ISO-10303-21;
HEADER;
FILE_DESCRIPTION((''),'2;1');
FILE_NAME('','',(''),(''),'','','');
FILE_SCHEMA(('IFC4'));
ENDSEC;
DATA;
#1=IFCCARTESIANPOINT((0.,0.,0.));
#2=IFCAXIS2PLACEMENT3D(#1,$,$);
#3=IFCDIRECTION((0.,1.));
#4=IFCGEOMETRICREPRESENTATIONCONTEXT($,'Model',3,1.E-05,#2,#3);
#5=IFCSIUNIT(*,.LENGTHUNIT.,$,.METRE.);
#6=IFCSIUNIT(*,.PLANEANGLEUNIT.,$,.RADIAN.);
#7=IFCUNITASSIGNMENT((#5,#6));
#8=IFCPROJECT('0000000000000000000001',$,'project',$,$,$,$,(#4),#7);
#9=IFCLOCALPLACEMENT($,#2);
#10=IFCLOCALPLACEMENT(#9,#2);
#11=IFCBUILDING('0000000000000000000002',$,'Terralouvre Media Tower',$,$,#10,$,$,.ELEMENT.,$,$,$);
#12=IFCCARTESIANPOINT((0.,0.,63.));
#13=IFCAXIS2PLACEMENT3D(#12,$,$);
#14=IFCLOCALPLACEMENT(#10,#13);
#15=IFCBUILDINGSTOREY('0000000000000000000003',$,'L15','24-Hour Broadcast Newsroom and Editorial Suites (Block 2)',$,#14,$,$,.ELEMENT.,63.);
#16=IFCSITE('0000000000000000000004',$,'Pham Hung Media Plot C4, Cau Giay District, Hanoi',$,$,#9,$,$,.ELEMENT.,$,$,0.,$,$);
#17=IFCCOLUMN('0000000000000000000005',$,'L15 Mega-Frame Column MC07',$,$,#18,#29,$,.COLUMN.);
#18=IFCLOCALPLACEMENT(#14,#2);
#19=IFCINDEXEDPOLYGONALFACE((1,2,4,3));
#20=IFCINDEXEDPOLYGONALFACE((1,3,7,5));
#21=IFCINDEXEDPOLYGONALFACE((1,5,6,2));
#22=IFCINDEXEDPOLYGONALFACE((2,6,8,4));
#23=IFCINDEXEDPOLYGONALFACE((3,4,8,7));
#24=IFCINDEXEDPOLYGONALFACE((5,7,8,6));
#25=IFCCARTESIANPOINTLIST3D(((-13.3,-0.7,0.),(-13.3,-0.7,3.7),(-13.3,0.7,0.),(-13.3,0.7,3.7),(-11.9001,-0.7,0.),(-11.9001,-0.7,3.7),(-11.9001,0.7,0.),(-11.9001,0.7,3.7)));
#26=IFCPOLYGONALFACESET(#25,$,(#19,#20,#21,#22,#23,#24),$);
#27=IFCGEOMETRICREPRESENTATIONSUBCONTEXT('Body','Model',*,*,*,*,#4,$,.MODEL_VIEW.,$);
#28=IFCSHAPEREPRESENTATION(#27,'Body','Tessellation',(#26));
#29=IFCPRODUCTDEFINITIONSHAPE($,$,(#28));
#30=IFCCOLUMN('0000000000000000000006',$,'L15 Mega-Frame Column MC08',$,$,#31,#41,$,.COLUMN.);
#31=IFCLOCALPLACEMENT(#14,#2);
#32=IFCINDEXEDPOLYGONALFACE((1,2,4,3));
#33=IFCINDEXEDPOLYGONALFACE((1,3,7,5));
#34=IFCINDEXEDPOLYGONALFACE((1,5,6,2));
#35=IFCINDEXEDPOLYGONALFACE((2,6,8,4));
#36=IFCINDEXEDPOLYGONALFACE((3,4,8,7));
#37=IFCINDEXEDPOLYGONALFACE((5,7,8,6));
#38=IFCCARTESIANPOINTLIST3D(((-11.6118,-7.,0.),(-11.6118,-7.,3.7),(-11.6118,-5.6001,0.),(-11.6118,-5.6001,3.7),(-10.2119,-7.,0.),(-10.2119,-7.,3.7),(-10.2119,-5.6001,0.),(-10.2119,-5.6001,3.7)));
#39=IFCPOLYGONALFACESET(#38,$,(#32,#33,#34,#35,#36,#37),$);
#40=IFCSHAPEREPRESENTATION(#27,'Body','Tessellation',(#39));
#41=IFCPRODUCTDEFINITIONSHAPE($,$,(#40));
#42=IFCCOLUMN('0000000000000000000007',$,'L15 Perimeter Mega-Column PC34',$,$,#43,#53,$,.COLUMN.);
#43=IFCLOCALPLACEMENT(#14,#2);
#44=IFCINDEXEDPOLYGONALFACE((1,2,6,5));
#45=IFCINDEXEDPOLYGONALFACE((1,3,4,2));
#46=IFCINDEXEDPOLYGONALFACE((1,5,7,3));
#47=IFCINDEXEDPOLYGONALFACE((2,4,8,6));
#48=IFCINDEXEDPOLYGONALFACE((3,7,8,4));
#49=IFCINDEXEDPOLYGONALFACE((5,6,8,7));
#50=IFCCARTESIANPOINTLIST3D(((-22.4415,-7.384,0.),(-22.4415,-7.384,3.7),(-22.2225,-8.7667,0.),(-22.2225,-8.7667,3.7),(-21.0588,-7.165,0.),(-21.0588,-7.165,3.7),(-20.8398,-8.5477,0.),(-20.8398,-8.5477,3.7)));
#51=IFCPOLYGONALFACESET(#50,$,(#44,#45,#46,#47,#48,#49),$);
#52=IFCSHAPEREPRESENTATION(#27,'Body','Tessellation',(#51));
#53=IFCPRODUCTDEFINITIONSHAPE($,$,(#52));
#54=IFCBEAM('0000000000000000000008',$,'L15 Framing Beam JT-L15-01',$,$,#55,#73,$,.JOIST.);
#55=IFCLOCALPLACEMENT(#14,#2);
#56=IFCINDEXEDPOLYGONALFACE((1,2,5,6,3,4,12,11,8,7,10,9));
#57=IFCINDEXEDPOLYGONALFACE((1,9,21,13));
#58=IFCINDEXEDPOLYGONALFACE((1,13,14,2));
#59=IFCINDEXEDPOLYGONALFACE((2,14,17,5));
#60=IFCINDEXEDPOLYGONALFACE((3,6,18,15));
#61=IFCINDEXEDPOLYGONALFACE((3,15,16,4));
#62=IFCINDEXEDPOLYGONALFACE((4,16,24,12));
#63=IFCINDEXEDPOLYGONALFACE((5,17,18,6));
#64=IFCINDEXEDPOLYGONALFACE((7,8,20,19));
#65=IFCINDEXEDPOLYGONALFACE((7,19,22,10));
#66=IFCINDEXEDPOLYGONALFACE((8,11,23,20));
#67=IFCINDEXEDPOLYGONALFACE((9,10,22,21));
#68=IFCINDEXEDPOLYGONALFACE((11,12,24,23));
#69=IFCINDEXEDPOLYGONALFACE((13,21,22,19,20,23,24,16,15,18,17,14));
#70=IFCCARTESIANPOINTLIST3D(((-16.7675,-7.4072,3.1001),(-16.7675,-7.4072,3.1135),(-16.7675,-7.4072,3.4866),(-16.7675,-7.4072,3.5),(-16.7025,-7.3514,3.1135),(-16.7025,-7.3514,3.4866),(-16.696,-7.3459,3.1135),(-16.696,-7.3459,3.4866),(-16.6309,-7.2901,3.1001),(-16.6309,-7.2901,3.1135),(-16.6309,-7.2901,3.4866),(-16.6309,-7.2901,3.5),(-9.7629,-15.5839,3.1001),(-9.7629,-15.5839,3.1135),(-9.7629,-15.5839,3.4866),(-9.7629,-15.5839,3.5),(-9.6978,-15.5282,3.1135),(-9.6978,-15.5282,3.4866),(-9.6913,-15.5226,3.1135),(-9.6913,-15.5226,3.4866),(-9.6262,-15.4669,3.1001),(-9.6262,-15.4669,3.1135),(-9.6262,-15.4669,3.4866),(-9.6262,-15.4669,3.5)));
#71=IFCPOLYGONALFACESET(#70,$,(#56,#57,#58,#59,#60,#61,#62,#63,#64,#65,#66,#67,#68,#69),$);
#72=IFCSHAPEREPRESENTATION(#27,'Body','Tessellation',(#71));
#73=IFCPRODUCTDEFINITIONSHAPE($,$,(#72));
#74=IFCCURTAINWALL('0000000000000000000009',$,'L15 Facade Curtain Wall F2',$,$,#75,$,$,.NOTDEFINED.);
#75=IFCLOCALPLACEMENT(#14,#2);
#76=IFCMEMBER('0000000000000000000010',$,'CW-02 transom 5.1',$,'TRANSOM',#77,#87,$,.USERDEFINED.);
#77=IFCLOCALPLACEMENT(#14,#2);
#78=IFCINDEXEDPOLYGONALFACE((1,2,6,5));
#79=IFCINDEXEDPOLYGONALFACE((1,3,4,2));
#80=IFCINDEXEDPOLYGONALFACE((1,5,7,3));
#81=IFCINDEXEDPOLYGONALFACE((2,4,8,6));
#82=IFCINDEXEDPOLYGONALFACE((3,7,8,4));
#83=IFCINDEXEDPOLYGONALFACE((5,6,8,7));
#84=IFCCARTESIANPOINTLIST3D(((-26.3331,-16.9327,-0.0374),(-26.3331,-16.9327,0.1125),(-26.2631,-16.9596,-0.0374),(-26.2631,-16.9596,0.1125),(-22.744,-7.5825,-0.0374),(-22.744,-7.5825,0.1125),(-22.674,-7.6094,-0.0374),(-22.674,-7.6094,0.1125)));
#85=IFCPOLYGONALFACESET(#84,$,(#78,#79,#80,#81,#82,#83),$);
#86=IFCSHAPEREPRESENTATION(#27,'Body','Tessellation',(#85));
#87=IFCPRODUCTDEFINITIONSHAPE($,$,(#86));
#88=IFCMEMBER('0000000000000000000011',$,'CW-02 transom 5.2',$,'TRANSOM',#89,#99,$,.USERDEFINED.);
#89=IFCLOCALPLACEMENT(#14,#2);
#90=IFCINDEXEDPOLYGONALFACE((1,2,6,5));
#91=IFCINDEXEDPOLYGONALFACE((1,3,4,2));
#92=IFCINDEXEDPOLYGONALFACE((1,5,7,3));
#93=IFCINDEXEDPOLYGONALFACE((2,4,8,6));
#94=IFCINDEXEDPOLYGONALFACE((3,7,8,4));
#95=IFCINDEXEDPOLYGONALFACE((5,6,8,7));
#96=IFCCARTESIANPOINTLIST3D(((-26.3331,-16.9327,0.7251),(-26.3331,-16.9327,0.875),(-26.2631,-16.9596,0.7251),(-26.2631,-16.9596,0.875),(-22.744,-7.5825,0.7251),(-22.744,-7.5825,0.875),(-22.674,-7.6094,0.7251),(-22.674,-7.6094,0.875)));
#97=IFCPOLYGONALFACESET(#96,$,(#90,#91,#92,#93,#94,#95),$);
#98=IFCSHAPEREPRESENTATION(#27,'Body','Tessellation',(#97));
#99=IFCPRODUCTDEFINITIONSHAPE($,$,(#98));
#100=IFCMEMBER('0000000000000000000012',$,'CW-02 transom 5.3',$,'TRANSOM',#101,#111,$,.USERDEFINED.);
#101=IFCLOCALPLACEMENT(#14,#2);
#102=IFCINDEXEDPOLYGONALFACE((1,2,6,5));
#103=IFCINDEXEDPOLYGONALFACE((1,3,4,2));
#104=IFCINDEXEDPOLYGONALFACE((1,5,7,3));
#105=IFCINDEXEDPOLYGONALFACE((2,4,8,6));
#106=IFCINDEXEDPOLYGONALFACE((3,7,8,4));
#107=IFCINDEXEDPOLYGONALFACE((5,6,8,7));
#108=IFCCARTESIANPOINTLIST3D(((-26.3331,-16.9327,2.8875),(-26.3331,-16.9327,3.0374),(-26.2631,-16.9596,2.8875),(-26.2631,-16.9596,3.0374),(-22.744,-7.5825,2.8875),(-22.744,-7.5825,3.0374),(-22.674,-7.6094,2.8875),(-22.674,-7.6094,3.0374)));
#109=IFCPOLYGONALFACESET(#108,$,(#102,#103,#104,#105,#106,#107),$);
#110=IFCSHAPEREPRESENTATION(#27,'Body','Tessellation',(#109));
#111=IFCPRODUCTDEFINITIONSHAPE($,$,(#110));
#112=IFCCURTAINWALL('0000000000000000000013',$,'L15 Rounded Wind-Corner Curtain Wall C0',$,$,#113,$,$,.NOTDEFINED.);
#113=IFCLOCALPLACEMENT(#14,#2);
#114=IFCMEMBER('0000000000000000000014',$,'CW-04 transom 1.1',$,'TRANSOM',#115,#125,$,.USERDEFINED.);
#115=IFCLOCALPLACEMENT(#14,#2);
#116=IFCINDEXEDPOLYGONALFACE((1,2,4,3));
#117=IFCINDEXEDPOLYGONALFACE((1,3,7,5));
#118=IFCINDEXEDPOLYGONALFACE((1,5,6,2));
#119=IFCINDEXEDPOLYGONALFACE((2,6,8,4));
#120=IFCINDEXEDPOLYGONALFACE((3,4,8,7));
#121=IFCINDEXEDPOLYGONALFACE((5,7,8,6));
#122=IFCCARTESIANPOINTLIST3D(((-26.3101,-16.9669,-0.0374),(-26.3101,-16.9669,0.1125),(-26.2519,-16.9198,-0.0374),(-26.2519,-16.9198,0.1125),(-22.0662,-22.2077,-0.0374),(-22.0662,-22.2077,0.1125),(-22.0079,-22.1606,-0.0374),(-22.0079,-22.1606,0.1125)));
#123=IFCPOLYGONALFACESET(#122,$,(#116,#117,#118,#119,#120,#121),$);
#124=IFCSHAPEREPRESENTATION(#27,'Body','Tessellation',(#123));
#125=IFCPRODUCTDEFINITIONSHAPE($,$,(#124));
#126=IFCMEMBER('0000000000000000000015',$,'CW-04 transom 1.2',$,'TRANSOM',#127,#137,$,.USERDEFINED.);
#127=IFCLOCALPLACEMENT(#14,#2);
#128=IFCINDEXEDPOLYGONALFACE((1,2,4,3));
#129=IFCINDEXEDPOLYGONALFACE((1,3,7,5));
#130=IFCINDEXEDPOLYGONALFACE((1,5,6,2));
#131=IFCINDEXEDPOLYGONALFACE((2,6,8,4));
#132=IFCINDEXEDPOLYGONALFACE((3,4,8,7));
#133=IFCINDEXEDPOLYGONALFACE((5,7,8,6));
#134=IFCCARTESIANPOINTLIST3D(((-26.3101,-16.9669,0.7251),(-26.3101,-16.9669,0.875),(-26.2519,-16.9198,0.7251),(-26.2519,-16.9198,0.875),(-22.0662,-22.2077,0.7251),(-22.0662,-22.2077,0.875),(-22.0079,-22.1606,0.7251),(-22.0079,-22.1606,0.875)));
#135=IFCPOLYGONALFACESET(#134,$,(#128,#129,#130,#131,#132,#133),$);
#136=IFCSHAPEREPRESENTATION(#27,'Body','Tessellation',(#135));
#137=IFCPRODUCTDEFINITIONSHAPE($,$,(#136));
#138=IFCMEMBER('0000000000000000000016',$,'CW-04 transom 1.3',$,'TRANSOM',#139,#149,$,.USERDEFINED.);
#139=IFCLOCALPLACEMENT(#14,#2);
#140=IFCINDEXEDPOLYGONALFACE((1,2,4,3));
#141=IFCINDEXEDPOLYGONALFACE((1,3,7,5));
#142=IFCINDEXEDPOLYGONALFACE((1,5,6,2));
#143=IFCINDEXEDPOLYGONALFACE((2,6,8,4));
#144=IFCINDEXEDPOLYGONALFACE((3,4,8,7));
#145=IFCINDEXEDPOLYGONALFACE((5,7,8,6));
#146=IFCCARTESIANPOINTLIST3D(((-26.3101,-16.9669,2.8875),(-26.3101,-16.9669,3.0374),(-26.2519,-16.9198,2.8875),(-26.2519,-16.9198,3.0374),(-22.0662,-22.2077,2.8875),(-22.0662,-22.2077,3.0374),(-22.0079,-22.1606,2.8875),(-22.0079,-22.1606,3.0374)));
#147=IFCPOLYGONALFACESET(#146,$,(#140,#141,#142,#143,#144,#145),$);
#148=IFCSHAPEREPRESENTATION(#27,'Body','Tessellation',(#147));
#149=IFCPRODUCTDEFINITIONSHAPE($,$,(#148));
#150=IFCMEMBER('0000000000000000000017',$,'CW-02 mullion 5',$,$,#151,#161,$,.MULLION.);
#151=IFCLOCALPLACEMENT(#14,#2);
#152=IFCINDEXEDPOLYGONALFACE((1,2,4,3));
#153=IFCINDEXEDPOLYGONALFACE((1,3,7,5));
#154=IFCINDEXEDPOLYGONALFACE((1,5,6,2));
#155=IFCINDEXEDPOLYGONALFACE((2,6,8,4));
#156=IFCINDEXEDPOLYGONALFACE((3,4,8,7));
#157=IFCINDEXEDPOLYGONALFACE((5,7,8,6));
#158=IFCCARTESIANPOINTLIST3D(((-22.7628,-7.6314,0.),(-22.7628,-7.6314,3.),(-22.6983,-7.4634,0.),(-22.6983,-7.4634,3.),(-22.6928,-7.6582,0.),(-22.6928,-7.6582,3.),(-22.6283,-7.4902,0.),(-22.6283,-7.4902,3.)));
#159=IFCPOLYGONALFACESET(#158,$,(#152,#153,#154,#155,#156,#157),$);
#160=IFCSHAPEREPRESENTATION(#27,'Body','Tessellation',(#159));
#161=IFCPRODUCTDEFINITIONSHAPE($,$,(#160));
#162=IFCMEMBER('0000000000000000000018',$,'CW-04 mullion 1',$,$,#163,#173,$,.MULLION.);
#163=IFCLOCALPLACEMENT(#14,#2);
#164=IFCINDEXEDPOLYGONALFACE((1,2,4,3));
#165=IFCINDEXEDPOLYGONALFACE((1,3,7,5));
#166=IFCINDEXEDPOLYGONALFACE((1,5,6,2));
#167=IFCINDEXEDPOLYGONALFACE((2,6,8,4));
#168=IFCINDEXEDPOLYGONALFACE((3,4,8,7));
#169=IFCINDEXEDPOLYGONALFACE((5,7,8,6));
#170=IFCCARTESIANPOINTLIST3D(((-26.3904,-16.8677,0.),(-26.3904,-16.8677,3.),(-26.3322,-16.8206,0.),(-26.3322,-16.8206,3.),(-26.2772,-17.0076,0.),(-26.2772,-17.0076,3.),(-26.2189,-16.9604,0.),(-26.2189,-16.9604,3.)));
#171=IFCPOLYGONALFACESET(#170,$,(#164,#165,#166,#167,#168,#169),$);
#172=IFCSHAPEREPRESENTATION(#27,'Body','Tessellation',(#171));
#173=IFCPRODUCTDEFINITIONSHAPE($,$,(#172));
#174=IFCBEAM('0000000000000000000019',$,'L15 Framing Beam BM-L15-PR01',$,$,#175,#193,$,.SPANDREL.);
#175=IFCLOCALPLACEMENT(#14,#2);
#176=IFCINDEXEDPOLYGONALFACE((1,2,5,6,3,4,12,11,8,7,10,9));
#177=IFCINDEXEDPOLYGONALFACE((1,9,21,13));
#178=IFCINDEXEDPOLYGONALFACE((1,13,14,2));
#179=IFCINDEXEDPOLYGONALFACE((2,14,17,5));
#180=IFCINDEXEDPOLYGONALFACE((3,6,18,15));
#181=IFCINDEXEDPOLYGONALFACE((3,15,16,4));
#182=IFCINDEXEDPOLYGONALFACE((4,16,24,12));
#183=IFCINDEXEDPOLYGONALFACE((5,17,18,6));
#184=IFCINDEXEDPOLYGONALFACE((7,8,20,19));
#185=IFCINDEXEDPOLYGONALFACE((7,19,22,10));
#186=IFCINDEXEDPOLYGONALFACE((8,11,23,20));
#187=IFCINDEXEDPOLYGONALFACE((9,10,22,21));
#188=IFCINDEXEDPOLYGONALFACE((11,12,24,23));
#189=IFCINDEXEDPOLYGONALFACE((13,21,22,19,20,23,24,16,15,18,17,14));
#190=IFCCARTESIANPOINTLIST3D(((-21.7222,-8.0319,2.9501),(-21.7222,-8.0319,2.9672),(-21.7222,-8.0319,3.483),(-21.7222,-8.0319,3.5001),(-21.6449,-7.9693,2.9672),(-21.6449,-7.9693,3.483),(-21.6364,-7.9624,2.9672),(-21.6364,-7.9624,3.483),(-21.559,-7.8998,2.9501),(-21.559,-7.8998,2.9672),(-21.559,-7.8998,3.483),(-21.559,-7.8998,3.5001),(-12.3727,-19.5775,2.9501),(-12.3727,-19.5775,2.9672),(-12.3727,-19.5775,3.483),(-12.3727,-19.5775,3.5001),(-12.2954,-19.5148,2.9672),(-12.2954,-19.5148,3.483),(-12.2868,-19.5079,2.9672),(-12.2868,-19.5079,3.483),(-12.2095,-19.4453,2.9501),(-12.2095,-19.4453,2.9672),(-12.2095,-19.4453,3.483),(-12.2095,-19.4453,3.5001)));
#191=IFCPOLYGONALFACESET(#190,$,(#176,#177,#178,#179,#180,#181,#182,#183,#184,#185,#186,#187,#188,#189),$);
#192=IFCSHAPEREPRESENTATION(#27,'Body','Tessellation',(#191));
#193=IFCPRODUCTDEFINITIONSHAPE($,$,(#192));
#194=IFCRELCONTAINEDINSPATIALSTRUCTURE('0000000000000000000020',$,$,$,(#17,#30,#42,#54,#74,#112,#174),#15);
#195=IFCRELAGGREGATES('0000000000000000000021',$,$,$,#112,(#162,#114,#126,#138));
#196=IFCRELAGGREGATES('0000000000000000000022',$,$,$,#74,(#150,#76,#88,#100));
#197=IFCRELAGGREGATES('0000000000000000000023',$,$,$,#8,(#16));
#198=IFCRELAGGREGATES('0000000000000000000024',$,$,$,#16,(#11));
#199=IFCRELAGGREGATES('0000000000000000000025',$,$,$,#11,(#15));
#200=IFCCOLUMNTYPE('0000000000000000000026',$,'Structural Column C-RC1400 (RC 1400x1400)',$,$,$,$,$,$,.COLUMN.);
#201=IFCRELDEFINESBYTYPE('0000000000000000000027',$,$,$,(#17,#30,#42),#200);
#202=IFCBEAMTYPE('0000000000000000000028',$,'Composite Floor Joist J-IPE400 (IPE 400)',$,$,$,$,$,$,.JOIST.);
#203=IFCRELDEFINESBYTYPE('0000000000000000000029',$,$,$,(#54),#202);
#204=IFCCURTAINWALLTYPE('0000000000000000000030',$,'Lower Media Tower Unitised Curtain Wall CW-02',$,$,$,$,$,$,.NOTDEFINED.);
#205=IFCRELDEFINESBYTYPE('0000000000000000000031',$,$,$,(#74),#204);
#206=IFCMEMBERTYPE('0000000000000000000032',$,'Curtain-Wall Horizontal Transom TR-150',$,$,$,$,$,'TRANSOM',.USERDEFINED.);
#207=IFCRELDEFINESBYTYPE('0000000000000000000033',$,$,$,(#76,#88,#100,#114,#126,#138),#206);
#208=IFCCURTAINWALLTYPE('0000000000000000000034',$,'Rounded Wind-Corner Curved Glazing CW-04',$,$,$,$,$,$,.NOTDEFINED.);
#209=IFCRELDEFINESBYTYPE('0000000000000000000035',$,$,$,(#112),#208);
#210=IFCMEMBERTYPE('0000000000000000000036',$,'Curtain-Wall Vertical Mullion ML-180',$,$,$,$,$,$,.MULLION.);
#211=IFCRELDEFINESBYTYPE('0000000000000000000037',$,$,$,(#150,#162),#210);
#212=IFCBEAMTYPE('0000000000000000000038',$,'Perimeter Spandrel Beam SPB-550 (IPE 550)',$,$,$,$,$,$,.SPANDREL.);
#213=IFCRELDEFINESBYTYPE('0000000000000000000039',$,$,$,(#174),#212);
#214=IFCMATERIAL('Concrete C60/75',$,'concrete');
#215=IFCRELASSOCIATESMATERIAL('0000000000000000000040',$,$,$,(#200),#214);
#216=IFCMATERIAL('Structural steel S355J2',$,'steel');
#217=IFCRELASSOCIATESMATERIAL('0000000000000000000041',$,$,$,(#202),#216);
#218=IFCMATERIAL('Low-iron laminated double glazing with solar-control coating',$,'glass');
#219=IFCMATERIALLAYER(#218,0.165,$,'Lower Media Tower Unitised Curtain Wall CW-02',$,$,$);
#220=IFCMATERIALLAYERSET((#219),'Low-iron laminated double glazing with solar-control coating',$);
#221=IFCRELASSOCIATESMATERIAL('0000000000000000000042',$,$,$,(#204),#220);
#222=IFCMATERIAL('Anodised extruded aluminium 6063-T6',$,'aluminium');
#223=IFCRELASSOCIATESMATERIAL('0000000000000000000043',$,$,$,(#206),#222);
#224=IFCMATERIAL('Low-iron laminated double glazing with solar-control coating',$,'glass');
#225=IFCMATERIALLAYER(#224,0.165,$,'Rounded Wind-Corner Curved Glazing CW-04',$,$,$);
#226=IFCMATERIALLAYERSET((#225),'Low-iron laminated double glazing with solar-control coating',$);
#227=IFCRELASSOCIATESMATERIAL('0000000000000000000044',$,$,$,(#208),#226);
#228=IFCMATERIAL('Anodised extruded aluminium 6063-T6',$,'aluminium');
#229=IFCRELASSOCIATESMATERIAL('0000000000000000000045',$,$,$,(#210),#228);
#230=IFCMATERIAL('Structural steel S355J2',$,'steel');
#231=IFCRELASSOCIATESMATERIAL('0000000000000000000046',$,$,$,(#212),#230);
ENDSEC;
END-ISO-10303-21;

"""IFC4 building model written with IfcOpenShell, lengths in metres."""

from ifc_helpers import new_model, si_unit, direction, frame, origin, origin_2d, place, context, subcontext, project, spatial, rectangle, i_section, extrude, material, layer, layer_set, material_profile, profile_set, type_object, element, aggregate, save


model = new_model("IFC4")

# Units and contexts
model_context = context("Model", 3, precision=1e-05, world=origin(), true_north=direction((0.0, 1.0)))
body_context = subcontext(model_context, "Body", "Model", "MODEL_VIEW")
ifc_project = project(units=[si_unit("LENGTHUNIT", "METRE"), si_unit("PLANEANGLEUNIT", "RADIAN")], contexts=[model_context])

# Site, building, storey
site_placement = place(None, origin())
site = spatial("IfcSite", under=ifc_project, at=site_placement, Name="Pham Hung Media Plot C4, Cau Giay District, Hanoi", CompositionType="ELEMENT", RefElevation=0.0)
building_placement = place(site_placement, origin())
building = spatial("IfcBuilding", under=site, at=building_placement, Name="Terralouvre Media Tower", CompositionType="ELEMENT")
storey_placement = place(building_placement, frame((0.0, 0.0, 63.0)))
storey = spatial("IfcBuildingStorey", under=building, at=storey_placement, Name="L15", Description="24-Hour Broadcast Newsroom and Editorial Suites (Block 2)", CompositionType="ELEMENT", Elevation=63.0)

# Columns
ifc_material_1 = material(Name="Concrete C60/75", Category="concrete")
ifc_material_profile_1 = material_profile(ifc_material_1, rectangle(XDim=1.3999, YDim=1.3999, at=origin_2d()), Name="RC 1400x1400")
ifc_profile_set_1 = profile_set([ifc_material_profile_1], Name="Concrete C60/75")
column_type = type_object("IfcColumnType", Name="Structural Column C-RC1400 (RC 1400x1400)", PredefinedType="COLUMN", material=ifc_profile_set_1)
for number, where, z_axis, x_axis, name in (
    (1, (-12.6001, 0.0, 0.0), (0.0, 0.0, 1.0), (1.0, 0.0, 0.0), "L15 Mega-Frame Column MC07"),
    (2, (-10.9119, -6.3, 0.0), (0.0, 0.0, 1.0), (1.0, 0.0, 0.0), "L15 Mega-Frame Column MC08"),
    (3, (-21.6406, -7.9658, 0.0), (0.0, 0.0, 1.0), (0.987688, 0.156434, 0.0), "L15 Perimeter Mega-Column PC34"),
):
    element("IfcColumn", number, at=place(storey_placement, frame(where, z_axis=z_axis, x_axis=x_axis)), inside=storey, type_object=column_type, Name=name, PredefinedType="COLUMN", context=body_context, shape_type="SweptSolid", body=[
        extrude(rectangle(XDim=1.3999, YDim=1.3999, at=origin_2d()), origin(), (0.0, 0.0, 1.0), 3.7),
    ])

# Beam
ifc_material_2 = material(Name="Structural steel S355J2", Category="steel")
ifc_material_profile_2 = material_profile(ifc_material_2, i_section(OverallWidth=0.1799, OverallDepth=0.3999, WebThickness=0.0085, FlangeThickness=0.0134, at=origin_2d()), Name="IPE 400")
ifc_profile_set_2 = profile_set([ifc_material_profile_2], Name="Structural steel S355J2")
beam_type_1 = type_object("IfcBeamType", Name="Composite Floor Joist J-IPE400 (IPE 400)", PredefinedType="JOIST", material=ifc_profile_set_2)
beam_1_placement = place(storey_placement, frame((-16.6992, -7.3486, 3.3), z_axis=(0.650577, -0.759441, 0.0), x_axis=(0.759441, 0.650577, 0.0)))
element("IfcBeam", 4, at=beam_1_placement, inside=storey, type_object=beam_type_1, Name="L15 Framing Beam JT-L15-01", PredefinedType="JOIST", context=body_context, shape_type="SweptSolid", body=[
    extrude(i_section(OverallWidth=0.1799, OverallDepth=0.3999, WebThickness=0.0085, FlangeThickness=0.0134, at=origin_2d()), origin(), (0.0, 0.0, 1.0), 10.7668),
])

# Curtain walls, members
ifc_material_3 = material(Name="Low-iron laminated double glazing with solar-control coating", Category="glass")
ifc_layer_1 = layer(ifc_material_3, 0.165, Name="Lower Media Tower Unitised Curtain Wall CW-02")
ifc_layer_set_1 = layer_set([ifc_layer_1], Name="Low-iron laminated double glazing with solar-control coating")
curtain_wall_type_1 = type_object("IfcCurtainWallType", Name="Lower Media Tower Unitised Curtain Wall CW-02", PredefinedType="NOTDEFINED", material=ifc_layer_set_1)
curtain_wall_1_placement = place(storey_placement, origin())
curtain_wall_1 = element("IfcCurtainWall", 5, at=curtain_wall_1_placement, inside=storey, type_object=curtain_wall_type_1, Name="L15 Facade Curtain Wall F2", PredefinedType="NOTDEFINED")
ifc_material_4 = material(Name="Anodised extruded aluminium 6063-T6", Category="aluminium")
ifc_material_profile_3 = material_profile(ifc_material_4, rectangle(XDim=0.075, YDim=0.1499, at=origin_2d()), Name="ALU 75x150")
ifc_profile_set_3 = profile_set([ifc_material_profile_3], Name="Anodised extruded aluminium 6063-T6")
member_type_1 = type_object("IfcMemberType", Name="Curtain-Wall Horizontal Transom TR-150", ElementType="TRANSOM", PredefinedType="USERDEFINED", material=ifc_profile_set_3)
member_1_placement = place(storey_placement, frame((-22.709, -7.5959, 0.0376), z_axis=(-0.358363, -0.933582, 0.0), x_axis=(0.933582, -0.358363, 0.0)))
member_1 = element("IfcMember", 6, at=member_1_placement, type_object=member_type_1, Name="CW-02 transom 5.1", ObjectType="TRANSOM", PredefinedType="USERDEFINED", context=body_context, shape_type="SweptSolid", body=[
    extrude(rectangle(XDim=0.075, YDim=0.1499, at=origin_2d()), origin(), (0.0, 0.0, 1.0), 10.0154),
])
member_2_placement = place(storey_placement, frame((-22.709, -7.5959, 0.8), z_axis=(-0.358363, -0.933582, 0.0), x_axis=(0.933582, -0.358363, 0.0)))
member_2 = element("IfcMember", 7, at=member_2_placement, type_object=member_type_1, Name="CW-02 transom 5.2", ObjectType="TRANSOM", PredefinedType="USERDEFINED", context=body_context, shape_type="SweptSolid", body=[
    extrude(rectangle(XDim=0.075, YDim=0.1499, at=origin_2d()), origin(), (0.0, 0.0, 1.0), 10.0154),
])
member_3_placement = place(storey_placement, frame((-22.709, -7.5959, 2.9624), z_axis=(-0.358363, -0.933582, 0.0), x_axis=(0.933582, -0.358363, 0.0)))
member_3 = element("IfcMember", 8, at=member_3_placement, type_object=member_type_1, Name="CW-02 transom 5.3", ObjectType="TRANSOM", PredefinedType="USERDEFINED", context=body_context, shape_type="SweptSolid", body=[
    extrude(rectangle(XDim=0.075, YDim=0.1499, at=origin_2d()), origin(), (0.0, 0.0, 1.0), 10.0154),
])
ifc_material_5 = material(Name="Low-iron laminated double glazing with solar-control coating", Category="glass")
ifc_layer_2 = layer(ifc_material_5, 0.165, Name="Rounded Wind-Corner Curved Glazing CW-04")
ifc_layer_set_2 = layer_set([ifc_layer_2], Name="Low-iron laminated double glazing with solar-control coating")
curtain_wall_type_2 = type_object("IfcCurtainWallType", Name="Rounded Wind-Corner Curved Glazing CW-04", PredefinedType="NOTDEFINED", material=ifc_layer_set_2)
curtain_wall_2_placement = place(storey_placement, origin())
curtain_wall_2 = element("IfcCurtainWall", 9, at=curtain_wall_2_placement, inside=storey, type_object=curtain_wall_type_2, Name="L15 Rounded Wind-Corner Curtain Wall C0", PredefinedType="NOTDEFINED")
member_4_placement = place(storey_placement, frame((-26.281, -16.9434, 0.0376), z_axis=(0.629324, -0.777143, 0.0), x_axis=(0.777143, 0.629324, 0.0)))
member_4 = element("IfcMember", 10, at=member_4_placement, type_object=member_type_1, Name="CW-04 transom 1.1", ObjectType="TRANSOM", PredefinedType="USERDEFINED", context=body_context, shape_type="SweptSolid", body=[
    extrude(rectangle(XDim=0.075, YDim=0.1499, at=origin_2d()), origin(), (0.0, 0.0, 1.0), 6.7437),
])
member_5_placement = place(storey_placement, frame((-26.281, -16.9434, 0.8), z_axis=(0.629324, -0.777143, 0.0), x_axis=(0.777143, 0.629324, 0.0)))
member_5 = element("IfcMember", 11, at=member_5_placement, type_object=member_type_1, Name="CW-04 transom 1.2", ObjectType="TRANSOM", PredefinedType="USERDEFINED", context=body_context, shape_type="SweptSolid", body=[
    extrude(rectangle(XDim=0.075, YDim=0.1499, at=origin_2d()), origin(), (0.0, 0.0, 1.0), 6.7437),
])
member_6_placement = place(storey_placement, frame((-26.281, -16.9434, 2.9624), z_axis=(0.629324, -0.777143, 0.0), x_axis=(0.777143, 0.629324, 0.0)))
member_6 = element("IfcMember", 12, at=member_6_placement, type_object=member_type_1, Name="CW-04 transom 1.3", ObjectType="TRANSOM", PredefinedType="USERDEFINED", context=body_context, shape_type="SweptSolid", body=[
    extrude(rectangle(XDim=0.075, YDim=0.1499, at=origin_2d()), origin(), (0.0, 0.0, 1.0), 6.7437),
])

# Members
ifc_material_6 = material(Name="Anodised extruded aluminium 6063-T6", Category="aluminium")
ifc_material_profile_4 = material_profile(ifc_material_6, rectangle(XDim=0.075, YDim=0.1799, at=origin_2d()), Name="ALU 75x180")
ifc_profile_set_4 = profile_set([ifc_material_profile_4], Name="Anodised extruded aluminium 6063-T6")
member_type_2 = type_object("IfcMemberType", Name="Curtain-Wall Vertical Mullion ML-180", PredefinedType="MULLION", material=ifc_profile_set_4)
member_7_placement = place(storey_placement, frame((-22.6956, -7.5608, 0.0), z_axis=(0.0, 0.0, 1.0), x_axis=(0.93358, -0.358368, 0.0)))
member_7 = element("IfcMember", 13, at=member_7_placement, type_object=member_type_2, Name="CW-02 mullion 5", PredefinedType="MULLION", context=body_context, shape_type="SweptSolid", body=[
    extrude(rectangle(XDim=0.075, YDim=0.1799, at=origin_2d()), origin(), (0.0, 0.0, 1.0), 3.0),
])
member_8_placement = place(storey_placement, frame((-26.3047, -16.9141, 0.0), z_axis=(0.0, 0.0, 1.0), x_axis=(0.777146, 0.62932, 0.0)))
member_8 = element("IfcMember", 14, at=member_8_placement, type_object=member_type_2, Name="CW-04 mullion 1", PredefinedType="MULLION", context=body_context, shape_type="SweptSolid", body=[
    extrude(rectangle(XDim=0.075, YDim=0.1799, at=origin_2d()), origin(), (0.0, 0.0, 1.0), 3.0),
])
aggregate(curtain_wall_2, [member_8, member_4, member_5, member_6])

# Beam
ifc_material_7 = material(Name="Structural steel S355J2", Category="steel")
ifc_material_profile_5 = material_profile(ifc_material_7, i_section(OverallWidth=0.21, OverallDepth=0.55, WebThickness=0.011, FlangeThickness=0.0171, at=origin_2d()), Name="IPE 550")
ifc_profile_set_5 = profile_set([ifc_material_profile_5], Name="Structural steel S355J2")
beam_type_2 = type_object("IfcBeamType", Name="Perimeter Spandrel Beam SPB-550 (IPE 550)", PredefinedType="SPANDREL", material=ifc_profile_set_5)
beam_2_placement = place(storey_placement, frame((-21.6406, -7.9658, 3.2251), z_axis=(0.629325, -0.777142, 0.0), x_axis=(0.777142, 0.629325, 0.0)))
element("IfcBeam", 15, at=beam_2_placement, inside=storey, type_object=beam_type_2, Name="L15 Framing Beam BM-L15-PR01", PredefinedType="SPANDREL", context=body_context, shape_type="SweptSolid", body=[
    extrude(i_section(OverallWidth=0.21, OverallDepth=0.55, WebThickness=0.011, FlangeThickness=0.0171, at=origin_2d()), origin(), (0.0, 0.0, 1.0), 14.8564),
])

aggregate(curtain_wall_1, [member_7, member_1, member_2, member_3])

save(model, "model.ifc")
